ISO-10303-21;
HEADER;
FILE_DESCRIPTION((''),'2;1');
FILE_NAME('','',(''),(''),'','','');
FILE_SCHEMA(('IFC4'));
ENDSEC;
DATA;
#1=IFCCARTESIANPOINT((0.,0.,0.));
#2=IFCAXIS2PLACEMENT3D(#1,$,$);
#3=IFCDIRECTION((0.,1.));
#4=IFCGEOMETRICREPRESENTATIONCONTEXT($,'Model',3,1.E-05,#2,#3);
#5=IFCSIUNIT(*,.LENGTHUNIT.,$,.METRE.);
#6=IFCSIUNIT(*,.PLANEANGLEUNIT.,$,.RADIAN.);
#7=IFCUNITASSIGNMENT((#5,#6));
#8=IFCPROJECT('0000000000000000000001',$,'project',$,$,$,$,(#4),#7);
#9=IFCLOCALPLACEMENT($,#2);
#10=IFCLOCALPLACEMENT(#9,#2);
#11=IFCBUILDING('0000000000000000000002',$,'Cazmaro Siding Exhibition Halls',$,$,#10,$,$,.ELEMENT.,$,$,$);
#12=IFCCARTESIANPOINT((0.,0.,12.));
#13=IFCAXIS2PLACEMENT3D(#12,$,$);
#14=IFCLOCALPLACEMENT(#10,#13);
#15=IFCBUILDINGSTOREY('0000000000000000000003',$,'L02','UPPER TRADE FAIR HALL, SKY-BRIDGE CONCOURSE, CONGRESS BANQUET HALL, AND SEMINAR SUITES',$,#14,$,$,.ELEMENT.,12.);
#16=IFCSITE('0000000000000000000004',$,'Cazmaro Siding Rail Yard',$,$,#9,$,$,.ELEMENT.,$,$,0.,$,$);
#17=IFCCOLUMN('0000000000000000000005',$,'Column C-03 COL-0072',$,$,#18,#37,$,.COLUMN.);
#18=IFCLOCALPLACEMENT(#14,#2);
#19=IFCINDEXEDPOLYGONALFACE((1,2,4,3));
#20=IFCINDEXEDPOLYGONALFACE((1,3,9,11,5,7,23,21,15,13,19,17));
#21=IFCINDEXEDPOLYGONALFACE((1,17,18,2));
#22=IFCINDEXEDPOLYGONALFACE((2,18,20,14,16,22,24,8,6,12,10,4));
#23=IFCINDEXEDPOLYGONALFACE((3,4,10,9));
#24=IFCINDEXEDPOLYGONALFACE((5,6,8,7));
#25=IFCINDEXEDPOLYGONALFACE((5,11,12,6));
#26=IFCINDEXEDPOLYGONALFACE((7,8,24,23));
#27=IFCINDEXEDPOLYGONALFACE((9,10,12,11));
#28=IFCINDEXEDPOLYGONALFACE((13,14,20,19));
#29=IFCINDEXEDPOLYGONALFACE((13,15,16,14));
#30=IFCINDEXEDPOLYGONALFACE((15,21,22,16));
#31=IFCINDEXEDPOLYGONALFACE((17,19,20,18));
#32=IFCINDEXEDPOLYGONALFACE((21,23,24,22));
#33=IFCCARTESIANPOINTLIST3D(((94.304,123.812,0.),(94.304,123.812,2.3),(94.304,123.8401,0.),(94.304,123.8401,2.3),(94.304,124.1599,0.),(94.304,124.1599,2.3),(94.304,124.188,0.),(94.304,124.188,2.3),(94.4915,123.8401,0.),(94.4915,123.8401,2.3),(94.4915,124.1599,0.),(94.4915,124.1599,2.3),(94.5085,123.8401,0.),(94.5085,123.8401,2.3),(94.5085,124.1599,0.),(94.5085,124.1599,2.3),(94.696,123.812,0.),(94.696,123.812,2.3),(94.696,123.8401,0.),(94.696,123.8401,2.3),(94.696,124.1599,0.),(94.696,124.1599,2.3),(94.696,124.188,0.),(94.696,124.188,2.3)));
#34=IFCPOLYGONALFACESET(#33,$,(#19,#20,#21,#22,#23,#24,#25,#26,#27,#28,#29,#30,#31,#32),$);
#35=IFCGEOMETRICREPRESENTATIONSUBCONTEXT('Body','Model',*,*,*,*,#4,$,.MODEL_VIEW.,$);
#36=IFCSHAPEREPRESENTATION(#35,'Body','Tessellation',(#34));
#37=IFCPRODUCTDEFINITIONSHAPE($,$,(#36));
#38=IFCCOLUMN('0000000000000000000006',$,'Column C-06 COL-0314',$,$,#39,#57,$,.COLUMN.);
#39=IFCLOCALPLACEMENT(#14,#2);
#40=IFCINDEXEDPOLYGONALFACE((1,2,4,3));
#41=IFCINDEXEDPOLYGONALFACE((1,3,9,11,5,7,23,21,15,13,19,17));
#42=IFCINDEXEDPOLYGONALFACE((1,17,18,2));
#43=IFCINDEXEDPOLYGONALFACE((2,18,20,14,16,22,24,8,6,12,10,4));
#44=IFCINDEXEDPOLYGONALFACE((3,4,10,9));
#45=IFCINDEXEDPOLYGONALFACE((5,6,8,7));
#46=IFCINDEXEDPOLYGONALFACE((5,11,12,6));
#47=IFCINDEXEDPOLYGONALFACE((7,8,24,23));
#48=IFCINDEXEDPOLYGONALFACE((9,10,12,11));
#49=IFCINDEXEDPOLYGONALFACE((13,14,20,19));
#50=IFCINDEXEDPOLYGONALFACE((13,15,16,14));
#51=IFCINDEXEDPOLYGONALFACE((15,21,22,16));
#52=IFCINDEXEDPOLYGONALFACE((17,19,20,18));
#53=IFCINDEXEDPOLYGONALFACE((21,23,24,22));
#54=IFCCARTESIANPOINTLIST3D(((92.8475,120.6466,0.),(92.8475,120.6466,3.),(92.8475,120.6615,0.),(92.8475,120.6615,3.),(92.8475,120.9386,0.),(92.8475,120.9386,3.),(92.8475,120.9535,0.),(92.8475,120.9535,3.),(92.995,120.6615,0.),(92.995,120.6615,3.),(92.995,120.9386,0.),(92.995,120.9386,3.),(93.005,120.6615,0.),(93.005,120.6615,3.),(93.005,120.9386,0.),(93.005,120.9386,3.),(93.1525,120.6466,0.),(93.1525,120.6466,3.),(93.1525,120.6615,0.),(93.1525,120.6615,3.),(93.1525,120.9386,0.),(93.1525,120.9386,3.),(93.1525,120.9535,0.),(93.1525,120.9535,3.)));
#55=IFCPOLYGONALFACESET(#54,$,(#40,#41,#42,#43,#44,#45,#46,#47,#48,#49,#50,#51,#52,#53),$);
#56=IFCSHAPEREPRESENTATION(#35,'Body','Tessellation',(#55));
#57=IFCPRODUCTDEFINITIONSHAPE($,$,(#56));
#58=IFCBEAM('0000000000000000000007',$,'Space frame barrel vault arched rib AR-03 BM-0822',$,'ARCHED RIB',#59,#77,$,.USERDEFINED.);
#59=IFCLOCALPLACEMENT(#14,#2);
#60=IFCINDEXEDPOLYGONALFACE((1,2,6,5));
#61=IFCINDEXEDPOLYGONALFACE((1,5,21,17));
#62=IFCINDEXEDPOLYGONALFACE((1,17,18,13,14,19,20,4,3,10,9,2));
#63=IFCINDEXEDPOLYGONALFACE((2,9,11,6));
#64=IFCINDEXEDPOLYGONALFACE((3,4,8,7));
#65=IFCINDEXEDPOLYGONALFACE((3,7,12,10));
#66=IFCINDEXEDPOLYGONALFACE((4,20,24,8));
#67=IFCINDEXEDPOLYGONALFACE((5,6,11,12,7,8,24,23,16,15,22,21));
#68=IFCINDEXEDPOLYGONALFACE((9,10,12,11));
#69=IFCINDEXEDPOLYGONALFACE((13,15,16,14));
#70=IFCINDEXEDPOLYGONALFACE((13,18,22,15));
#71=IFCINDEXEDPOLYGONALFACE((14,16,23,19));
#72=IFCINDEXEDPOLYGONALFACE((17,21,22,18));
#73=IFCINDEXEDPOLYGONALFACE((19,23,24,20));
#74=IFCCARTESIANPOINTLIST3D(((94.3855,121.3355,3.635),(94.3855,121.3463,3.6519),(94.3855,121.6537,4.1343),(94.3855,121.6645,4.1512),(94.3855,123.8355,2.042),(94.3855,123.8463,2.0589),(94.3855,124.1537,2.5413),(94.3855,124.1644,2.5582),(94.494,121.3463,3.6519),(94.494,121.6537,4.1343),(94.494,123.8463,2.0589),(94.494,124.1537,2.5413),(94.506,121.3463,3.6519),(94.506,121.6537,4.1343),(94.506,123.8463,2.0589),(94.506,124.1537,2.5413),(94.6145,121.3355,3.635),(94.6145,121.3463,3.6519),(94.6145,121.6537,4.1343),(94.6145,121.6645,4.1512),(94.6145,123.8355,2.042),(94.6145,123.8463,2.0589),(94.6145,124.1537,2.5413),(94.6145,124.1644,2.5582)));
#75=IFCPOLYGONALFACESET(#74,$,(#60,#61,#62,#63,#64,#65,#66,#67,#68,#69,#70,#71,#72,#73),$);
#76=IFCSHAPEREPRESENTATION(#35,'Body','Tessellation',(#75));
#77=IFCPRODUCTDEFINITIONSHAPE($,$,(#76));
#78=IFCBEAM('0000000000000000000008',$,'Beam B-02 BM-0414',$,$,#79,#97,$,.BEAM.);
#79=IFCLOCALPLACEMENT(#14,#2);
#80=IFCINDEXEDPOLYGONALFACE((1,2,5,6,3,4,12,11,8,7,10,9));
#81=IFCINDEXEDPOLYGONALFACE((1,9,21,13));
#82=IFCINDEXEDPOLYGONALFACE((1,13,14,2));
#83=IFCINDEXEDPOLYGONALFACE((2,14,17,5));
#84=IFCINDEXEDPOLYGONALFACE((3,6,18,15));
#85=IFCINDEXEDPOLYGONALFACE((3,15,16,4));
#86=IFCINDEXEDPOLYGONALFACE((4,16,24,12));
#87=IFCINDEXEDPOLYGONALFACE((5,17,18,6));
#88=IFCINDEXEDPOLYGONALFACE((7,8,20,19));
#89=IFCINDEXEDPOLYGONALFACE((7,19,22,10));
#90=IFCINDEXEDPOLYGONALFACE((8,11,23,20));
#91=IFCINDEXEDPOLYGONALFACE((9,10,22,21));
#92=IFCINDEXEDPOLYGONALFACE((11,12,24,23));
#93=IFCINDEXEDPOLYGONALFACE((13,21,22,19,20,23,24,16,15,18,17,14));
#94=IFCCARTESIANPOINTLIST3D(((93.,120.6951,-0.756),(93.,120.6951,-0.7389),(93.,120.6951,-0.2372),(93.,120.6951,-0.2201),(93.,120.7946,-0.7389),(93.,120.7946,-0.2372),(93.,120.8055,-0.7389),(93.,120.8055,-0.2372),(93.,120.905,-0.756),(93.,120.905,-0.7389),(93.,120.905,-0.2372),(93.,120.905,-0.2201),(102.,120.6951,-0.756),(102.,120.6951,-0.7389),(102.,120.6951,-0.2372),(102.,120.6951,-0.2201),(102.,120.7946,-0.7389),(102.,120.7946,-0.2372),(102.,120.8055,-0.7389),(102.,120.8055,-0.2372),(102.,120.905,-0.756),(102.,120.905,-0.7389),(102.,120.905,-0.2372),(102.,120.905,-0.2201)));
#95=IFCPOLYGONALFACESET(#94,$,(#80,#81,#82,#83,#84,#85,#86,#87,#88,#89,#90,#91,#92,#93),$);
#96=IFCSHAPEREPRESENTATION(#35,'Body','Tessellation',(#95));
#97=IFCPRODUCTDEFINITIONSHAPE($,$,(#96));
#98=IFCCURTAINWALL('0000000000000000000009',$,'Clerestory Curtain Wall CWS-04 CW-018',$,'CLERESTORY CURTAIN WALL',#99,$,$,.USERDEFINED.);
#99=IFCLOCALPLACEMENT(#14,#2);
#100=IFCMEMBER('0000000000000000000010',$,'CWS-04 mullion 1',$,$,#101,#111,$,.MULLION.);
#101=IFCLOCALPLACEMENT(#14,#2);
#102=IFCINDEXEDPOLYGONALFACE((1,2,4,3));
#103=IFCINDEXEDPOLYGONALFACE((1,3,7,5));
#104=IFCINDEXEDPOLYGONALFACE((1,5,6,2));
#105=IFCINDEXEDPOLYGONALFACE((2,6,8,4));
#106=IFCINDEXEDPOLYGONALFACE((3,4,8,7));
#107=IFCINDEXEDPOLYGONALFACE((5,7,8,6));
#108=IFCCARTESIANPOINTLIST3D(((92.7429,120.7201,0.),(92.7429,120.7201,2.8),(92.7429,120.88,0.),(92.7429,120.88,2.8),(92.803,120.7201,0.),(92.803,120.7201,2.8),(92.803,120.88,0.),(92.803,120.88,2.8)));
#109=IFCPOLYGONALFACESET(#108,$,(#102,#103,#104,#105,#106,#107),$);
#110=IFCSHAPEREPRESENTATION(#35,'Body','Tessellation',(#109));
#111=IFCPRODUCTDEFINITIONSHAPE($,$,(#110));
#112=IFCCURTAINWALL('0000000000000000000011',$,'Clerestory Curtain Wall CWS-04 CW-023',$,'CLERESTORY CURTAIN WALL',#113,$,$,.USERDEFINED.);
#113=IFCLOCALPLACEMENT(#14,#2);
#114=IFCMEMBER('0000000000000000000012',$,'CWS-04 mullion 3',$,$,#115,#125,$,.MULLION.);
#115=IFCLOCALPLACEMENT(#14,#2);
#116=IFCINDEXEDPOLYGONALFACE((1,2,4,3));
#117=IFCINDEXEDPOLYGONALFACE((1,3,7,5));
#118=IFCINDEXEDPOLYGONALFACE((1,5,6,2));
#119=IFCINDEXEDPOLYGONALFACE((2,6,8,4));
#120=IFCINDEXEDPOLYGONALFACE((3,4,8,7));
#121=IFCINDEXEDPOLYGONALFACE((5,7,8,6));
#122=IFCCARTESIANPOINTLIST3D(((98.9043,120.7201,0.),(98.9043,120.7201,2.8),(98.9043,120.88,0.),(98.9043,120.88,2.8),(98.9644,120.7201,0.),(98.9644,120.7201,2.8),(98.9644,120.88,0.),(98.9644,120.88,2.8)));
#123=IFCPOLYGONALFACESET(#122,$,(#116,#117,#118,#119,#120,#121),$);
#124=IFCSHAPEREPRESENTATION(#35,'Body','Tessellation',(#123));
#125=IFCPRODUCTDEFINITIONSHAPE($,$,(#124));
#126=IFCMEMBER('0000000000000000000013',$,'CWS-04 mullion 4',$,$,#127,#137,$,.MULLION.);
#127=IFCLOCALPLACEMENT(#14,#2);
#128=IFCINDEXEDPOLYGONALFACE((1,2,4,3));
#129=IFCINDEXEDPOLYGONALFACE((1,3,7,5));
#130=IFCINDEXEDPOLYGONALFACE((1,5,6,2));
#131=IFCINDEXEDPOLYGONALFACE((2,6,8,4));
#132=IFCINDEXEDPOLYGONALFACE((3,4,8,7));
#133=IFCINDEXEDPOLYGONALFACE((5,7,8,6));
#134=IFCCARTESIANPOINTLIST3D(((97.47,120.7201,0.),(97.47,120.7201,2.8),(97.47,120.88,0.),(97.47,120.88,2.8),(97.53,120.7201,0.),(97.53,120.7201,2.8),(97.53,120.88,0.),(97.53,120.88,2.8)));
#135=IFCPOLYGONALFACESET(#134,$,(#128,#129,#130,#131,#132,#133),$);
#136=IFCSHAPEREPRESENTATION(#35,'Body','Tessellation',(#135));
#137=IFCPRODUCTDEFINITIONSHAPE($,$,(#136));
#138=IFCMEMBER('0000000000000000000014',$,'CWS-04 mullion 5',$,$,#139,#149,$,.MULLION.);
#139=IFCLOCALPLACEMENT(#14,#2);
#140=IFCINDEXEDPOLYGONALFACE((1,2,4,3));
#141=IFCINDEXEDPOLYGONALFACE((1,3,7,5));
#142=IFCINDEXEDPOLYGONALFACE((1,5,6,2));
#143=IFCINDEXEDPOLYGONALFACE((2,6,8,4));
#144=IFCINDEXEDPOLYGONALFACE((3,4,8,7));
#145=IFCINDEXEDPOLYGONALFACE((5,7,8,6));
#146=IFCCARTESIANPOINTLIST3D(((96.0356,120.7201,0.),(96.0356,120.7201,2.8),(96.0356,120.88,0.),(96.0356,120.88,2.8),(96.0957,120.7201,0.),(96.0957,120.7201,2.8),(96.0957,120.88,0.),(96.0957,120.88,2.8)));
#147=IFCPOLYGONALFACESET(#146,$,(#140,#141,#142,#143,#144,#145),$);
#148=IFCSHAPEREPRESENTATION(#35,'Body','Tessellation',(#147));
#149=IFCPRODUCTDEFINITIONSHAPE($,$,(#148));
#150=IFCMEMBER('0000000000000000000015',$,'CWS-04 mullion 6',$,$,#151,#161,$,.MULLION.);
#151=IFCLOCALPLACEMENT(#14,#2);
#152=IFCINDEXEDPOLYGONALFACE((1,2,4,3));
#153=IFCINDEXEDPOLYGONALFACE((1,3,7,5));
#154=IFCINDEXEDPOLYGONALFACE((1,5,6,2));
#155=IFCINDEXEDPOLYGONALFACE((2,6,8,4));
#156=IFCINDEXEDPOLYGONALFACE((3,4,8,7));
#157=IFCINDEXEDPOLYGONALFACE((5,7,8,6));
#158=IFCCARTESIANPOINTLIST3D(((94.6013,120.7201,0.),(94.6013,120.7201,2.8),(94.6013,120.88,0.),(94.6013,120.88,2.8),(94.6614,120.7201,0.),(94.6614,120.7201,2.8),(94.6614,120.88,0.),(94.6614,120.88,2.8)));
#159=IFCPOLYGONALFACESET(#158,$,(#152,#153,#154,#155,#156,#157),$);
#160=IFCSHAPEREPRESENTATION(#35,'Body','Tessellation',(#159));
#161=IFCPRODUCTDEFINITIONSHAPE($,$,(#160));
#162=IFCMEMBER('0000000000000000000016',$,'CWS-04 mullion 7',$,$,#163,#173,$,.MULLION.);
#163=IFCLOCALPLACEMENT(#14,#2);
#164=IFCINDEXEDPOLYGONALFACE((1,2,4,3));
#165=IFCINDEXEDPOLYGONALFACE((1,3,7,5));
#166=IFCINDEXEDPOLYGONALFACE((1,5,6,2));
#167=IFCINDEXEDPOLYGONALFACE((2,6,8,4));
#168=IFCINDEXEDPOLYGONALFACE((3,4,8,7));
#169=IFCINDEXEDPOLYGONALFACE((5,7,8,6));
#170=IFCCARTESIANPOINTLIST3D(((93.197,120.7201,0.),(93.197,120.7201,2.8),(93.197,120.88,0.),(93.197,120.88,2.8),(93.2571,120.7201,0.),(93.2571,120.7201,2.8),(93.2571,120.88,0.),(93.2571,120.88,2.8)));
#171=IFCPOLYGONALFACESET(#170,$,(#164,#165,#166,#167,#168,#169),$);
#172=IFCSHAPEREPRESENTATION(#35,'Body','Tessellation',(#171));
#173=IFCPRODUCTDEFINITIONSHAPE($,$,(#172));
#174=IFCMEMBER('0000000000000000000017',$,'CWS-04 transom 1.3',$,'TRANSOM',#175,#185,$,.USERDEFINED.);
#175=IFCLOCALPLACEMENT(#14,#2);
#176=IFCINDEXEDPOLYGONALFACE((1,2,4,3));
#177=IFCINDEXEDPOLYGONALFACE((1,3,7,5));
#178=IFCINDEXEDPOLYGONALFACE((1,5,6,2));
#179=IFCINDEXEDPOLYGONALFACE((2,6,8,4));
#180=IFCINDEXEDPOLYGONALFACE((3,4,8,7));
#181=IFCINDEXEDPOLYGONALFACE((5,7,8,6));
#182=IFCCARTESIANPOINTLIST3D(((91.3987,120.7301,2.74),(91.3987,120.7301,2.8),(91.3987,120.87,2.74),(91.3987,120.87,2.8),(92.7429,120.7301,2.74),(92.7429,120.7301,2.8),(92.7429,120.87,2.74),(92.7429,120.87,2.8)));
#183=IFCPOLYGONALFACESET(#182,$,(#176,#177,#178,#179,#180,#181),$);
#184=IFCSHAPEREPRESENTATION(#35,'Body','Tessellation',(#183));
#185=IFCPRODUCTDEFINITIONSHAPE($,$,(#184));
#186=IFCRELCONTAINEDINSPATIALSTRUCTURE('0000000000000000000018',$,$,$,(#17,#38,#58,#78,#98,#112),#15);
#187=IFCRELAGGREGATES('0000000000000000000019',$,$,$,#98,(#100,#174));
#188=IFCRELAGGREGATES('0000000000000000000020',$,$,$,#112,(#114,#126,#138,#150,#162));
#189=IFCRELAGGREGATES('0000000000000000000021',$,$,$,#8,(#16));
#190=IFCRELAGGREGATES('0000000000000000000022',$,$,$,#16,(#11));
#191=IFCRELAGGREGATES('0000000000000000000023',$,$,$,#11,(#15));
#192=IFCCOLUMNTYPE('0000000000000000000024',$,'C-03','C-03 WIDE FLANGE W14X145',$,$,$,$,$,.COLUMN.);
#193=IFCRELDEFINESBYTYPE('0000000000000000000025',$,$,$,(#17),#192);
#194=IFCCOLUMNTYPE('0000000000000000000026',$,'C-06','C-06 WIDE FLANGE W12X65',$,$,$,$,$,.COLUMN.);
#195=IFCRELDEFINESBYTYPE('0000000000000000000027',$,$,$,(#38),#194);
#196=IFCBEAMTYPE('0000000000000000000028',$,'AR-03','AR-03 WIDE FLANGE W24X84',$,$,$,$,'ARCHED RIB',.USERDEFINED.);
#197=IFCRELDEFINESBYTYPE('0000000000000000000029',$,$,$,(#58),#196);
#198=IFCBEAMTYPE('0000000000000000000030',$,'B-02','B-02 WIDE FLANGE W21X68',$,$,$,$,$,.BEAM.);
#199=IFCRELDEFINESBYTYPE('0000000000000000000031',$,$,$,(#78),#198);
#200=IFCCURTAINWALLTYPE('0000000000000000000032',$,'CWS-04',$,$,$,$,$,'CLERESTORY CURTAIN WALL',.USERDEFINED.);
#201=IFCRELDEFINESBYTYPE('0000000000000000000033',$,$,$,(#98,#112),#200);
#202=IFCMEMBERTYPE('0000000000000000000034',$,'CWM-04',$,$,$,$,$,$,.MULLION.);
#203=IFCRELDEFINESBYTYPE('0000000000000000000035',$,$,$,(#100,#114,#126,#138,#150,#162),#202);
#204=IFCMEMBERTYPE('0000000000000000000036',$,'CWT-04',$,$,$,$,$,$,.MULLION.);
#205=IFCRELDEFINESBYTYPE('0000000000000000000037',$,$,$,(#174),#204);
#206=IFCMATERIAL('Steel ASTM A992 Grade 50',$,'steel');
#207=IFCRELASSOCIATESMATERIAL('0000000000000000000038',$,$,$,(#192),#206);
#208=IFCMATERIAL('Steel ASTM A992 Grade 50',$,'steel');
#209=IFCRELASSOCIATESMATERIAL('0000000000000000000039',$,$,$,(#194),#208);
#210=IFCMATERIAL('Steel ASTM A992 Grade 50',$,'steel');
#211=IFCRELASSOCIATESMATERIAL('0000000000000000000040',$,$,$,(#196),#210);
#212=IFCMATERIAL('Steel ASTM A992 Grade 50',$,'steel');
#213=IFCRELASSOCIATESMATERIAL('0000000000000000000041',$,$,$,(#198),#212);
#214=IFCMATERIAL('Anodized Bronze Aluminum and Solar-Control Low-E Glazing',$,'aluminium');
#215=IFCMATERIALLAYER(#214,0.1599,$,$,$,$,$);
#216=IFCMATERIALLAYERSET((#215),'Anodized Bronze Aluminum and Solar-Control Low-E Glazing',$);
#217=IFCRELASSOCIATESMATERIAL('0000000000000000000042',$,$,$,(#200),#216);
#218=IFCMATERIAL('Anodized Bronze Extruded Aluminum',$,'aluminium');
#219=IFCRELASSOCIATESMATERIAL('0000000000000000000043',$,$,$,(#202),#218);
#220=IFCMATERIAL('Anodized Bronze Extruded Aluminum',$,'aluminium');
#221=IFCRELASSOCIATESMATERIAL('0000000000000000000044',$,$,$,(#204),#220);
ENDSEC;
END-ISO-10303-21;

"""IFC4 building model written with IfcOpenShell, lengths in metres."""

from ifc_helpers import new_model, si_unit, direction, frame, origin, origin_2d, place, context, subcontext, project, spatial, rectangle, i_section, extrude, material, layer, layer_set, material_profile, profile_set, type_object, element, aggregate, save


model = new_model("IFC4")

# Units and contexts
model_context = context("Model", 3, precision=1e-05, world=origin(), true_north=direction((0.0, 1.0)))
body_context = subcontext(model_context, "Body", "Model", "MODEL_VIEW")
ifc_project = project(units=[si_unit("LENGTHUNIT", "METRE"), si_unit("PLANEANGLEUNIT", "RADIAN")], contexts=[model_context])

# Site, building, storey
site_placement = place(None, origin())
site = spatial("IfcSite", under=ifc_project, at=site_placement, Name="Cazmaro Siding Rail Yard", CompositionType="ELEMENT", RefElevation=0.0)
building_placement = place(site_placement, origin())
building = spatial("IfcBuilding", under=site, at=building_placement, Name="Cazmaro Siding Exhibition Halls", CompositionType="ELEMENT")
storey_placement = place(building_placement, frame((0.0, 0.0, 12.0)))
storey = spatial("IfcBuildingStorey", under=building, at=storey_placement, Name="L02", Description="UPPER TRADE FAIR HALL, SKY-BRIDGE CONCOURSE, CONGRESS BANQUET HALL, AND SEMINAR SUITES", CompositionType="ELEMENT", Elevation=12.0)

# Columns
ifc_material_1 = material(Name="Steel ASTM A992 Grade 50", Category="steel")
ifc_material_profile_1 = material_profile(ifc_material_1, i_section(OverallWidth=0.3921, OverallDepth=0.376, WebThickness=0.0171, FlangeThickness=0.0281, at=origin_2d()), Name="W14X145")
ifc_profile_set_1 = profile_set([ifc_material_profile_1], Name="Steel ASTM A992 Grade 50")
column_type_1 = type_object("IfcColumnType", Name="C-03", Description="C-03 WIDE FLANGE W14X145", PredefinedType="COLUMN", material=ifc_profile_set_1)
column_1_placement = place(storey_placement, frame((94.5, 124.0, 0.0), z_axis=(0.0, 0.0, 1.0), x_axis=(1.0, 0.0, 0.0)))
element("IfcColumn", 1, at=column_1_placement, inside=storey, type_object=column_type_1, Name="Column C-03 COL-0072", PredefinedType="COLUMN", context=body_context, shape_type="SweptSolid", body=[
    extrude(i_section(OverallWidth=0.3921, OverallDepth=0.376, WebThickness=0.0171, FlangeThickness=0.0281, at=origin_2d()), origin(), (0.0, 0.0, 1.0), 2.3),
])
ifc_material_2 = material(Name="Steel ASTM A992 Grade 50", Category="steel")
ifc_material_profile_2 = material_profile(ifc_material_2, i_section(OverallWidth=0.3049, OverallDepth=0.3069, WebThickness=0.01, FlangeThickness=0.0149, at=origin_2d()), Name="W12X65")
ifc_profile_set_2 = profile_set([ifc_material_profile_2], Name="Steel ASTM A992 Grade 50")
column_type_2 = type_object("IfcColumnType", Name="C-06", Description="C-06 WIDE FLANGE W12X65", PredefinedType="COLUMN", material=ifc_profile_set_2)
column_2_placement = place(storey_placement, frame((93.0, 120.8, 0.0), z_axis=(0.0, 0.0, 1.0), x_axis=(1.0, 0.0, 0.0)))
element("IfcColumn", 2, at=column_2_placement, inside=storey, type_object=column_type_2, Name="Column C-06 COL-0314", PredefinedType="COLUMN", context=body_context, shape_type="SweptSolid", body=[
    extrude(i_section(OverallWidth=0.3049, OverallDepth=0.3069, WebThickness=0.01, FlangeThickness=0.0149, at=origin_2d()), origin(), (0.0, 0.0, 1.0), 3.0),
])

# Beams
ifc_material_3 = material(Name="Steel ASTM A992 Grade 50", Category="steel")
ifc_material_profile_3 = material_profile(ifc_material_3, i_section(OverallWidth=0.229, OverallDepth=0.6121, WebThickness=0.012, FlangeThickness=0.02, at=origin_2d()), Name="W24X84")
ifc_profile_set_3 = profile_set([ifc_material_profile_3], Name="Steel ASTM A992 Grade 50")
beam_type_1 = type_object("IfcBeamType", Name="AR-03", Description="AR-03 WIDE FLANGE W24X84", ElementType="ARCHED RIB", PredefinedType="USERDEFINED", material=ifc_profile_set_3)
beam_1_placement = place(storey_placement, frame((94.5, 121.5, 3.8931), z_axis=(0.0, 0.843339, -0.537382), x_axis=(-1.0, 0.0, 0.0)))
element("IfcBeam", 3, at=beam_1_placement, inside=storey, type_object=beam_type_1, Name="Space frame barrel vault arched rib AR-03 BM-0822", ObjectType="ARCHED RIB", PredefinedType="USERDEFINED", context=body_context, shape_type="SweptSolid", body=[
    extrude(i_section(OverallWidth=0.229, OverallDepth=0.6121, WebThickness=0.012, FlangeThickness=0.02, at=origin_2d()), origin(), (0.0, 0.0, 1.0), 2.9644),
])
ifc_material_4 = material(Name="Steel ASTM A992 Grade 50", Category="steel")
ifc_material_profile_4 = material_profile(ifc_material_4, i_section(OverallWidth=0.21, OverallDepth=0.5359, WebThickness=0.011, FlangeThickness=0.0171, at=origin_2d()), Name="W21X68")
ifc_profile_set_4 = profile_set([ifc_material_profile_4], Name="Steel ASTM A992 Grade 50")
beam_type_2 = type_object("IfcBeamType", Name="B-02", Description="B-02 WIDE FLANGE W21X68", PredefinedType="BEAM", material=ifc_profile_set_4)
beam_2_placement = place(storey_placement, frame((93.0, 120.8, -0.488), z_axis=(1.0, 0.0, 0.0), x_axis=(0.0, 1.0, 0.0)))
element("IfcBeam", 4, at=beam_2_placement, inside=storey, type_object=beam_type_2, Name="Beam B-02 BM-0414", PredefinedType="BEAM", context=body_context, shape_type="SweptSolid", body=[
    extrude(i_section(OverallWidth=0.21, OverallDepth=0.5359, WebThickness=0.011, FlangeThickness=0.0171, at=origin_2d()), origin(), (0.0, 0.0, 1.0), 9.0),
])

# Curtain wall, member
ifc_material_5 = material(Name="Anodized Bronze Aluminum and Solar-Control Low-E Glazing", Category="aluminium")
ifc_layer_1 = layer(ifc_material_5, 0.1599)
ifc_layer_set_1 = layer_set([ifc_layer_1], Name="Anodized Bronze Aluminum and Solar-Control Low-E Glazing")
curtain_wall_type = type_object("IfcCurtainWallType", Name="CWS-04", ElementType="CLERESTORY CURTAIN WALL", PredefinedType="USERDEFINED", material=ifc_layer_set_1)
curtain_wall_1_placement = place(storey_placement, origin())
curtain_wall_1 = element("IfcCurtainWall", 5, at=curtain_wall_1_placement, inside=storey, type_object=curtain_wall_type, Name="Clerestory Curtain Wall CWS-04 CW-018", ObjectType="CLERESTORY CURTAIN WALL", PredefinedType="USERDEFINED")
ifc_material_6 = material(Name="Anodized Bronze Extruded Aluminum", Category="aluminium")
ifc_material_profile_5 = material_profile(ifc_material_6, rectangle(XDim=0.1599, YDim=0.0601, at=origin_2d()), Name="CWM-04")
ifc_profile_set_5 = profile_set([ifc_material_profile_5], Name="Anodized Bronze Extruded Aluminum")
member_type_1 = type_object("IfcMemberType", Name="CWM-04", PredefinedType="MULLION", material=ifc_profile_set_5)
member_1_placement = place(storey_placement, frame((92.7729, 120.8, 0.0), z_axis=(0.0, 0.0, 1.0), x_axis=(0.0, -1.0, 0.0)))
member_1 = element("IfcMember", 6, at=member_1_placement, type_object=member_type_1, Name="CWS-04 mullion 1", PredefinedType="MULLION", context=body_context, shape_type="SweptSolid", body=[
    extrude(rectangle(XDim=0.1599, YDim=0.0601, at=origin_2d()), origin(), (0.0, 0.0, 1.0), 2.8),
])

# Curtain wall, members
curtain_wall_2_placement = place(storey_placement, origin())
curtain_wall_2 = element("IfcCurtainWall", 7, at=curtain_wall_2_placement, inside=storey, type_object=curtain_wall_type, Name="Clerestory Curtain Wall CWS-04 CW-023", ObjectType="CLERESTORY CURTAIN WALL", PredefinedType="USERDEFINED")
member_2_placement = place(storey_placement, frame((98.9343, 120.8, 0.0), z_axis=(0.0, 0.0, 1.0), x_axis=(0.0, -1.0, 0.0)))
member_2 = element("IfcMember", 8, at=member_2_placement, type_object=member_type_1, Name="CWS-04 mullion 3", PredefinedType="MULLION", context=body_context, shape_type="SweptSolid", body=[
    extrude(rectangle(XDim=0.1599, YDim=0.0601, at=origin_2d()), origin(), (0.0, 0.0, 1.0), 2.8),
])
member_3_placement = place(storey_placement, frame((97.5, 120.8, 0.0), z_axis=(0.0, 0.0, 1.0), x_axis=(0.0, -1.0, 0.0)))
member_3 = element("IfcMember", 9, at=member_3_placement, type_object=member_type_1, Name="CWS-04 mullion 4", PredefinedType="MULLION", context=body_context, shape_type="SweptSolid", body=[
    extrude(rectangle(XDim=0.1599, YDim=0.0601, at=origin_2d()), origin(), (0.0, 0.0, 1.0), 2.8),
])
member_4_placement = place(storey_placement, frame((96.0657, 120.8, 0.0), z_axis=(0.0, 0.0, 1.0), x_axis=(0.0, -1.0, 0.0)))
member_4 = element("IfcMember", 10, at=member_4_placement, type_object=member_type_1, Name="CWS-04 mullion 5", PredefinedType="MULLION", context=body_context, shape_type="SweptSolid", body=[
    extrude(rectangle(XDim=0.1599, YDim=0.0601, at=origin_2d()), origin(), (0.0, 0.0, 1.0), 2.8),
])
member_5_placement = place(storey_placement, frame((94.6313, 120.8, 0.0), z_axis=(0.0, 0.0, 1.0), x_axis=(0.0, -1.0, 0.0)))
member_5 = element("IfcMember", 11, at=member_5_placement, type_object=member_type_1, Name="CWS-04 mullion 6", PredefinedType="MULLION", context=body_context, shape_type="SweptSolid", body=[
    extrude(rectangle(XDim=0.1599, YDim=0.0601, at=origin_2d()), origin(), (0.0, 0.0, 1.0), 2.8),
])
member_6_placement = place(storey_placement, frame((93.2271, 120.8, 0.0), z_axis=(0.0, 0.0, 1.0), x_axis=(0.0, -1.0, 0.0)))
member_6 = element("IfcMember", 12, at=member_6_placement, type_object=member_type_1, Name="CWS-04 mullion 7", PredefinedType="MULLION", context=body_context, shape_type="SweptSolid", body=[
    extrude(rectangle(XDim=0.1599, YDim=0.0601, at=origin_2d()), origin(), (0.0, 0.0, 1.0), 2.8),
])

# Member
ifc_material_7 = material(Name="Anodized Bronze Extruded Aluminum", Category="aluminium")
ifc_material_profile_6 = material_profile(ifc_material_7, rectangle(XDim=0.1399, YDim=0.0601, at=origin_2d()), Name="CWT-04")
ifc_profile_set_6 = profile_set([ifc_material_profile_6], Name="Anodized Bronze Extruded Aluminum")
member_type_2 = type_object("IfcMemberType", Name="CWT-04", PredefinedType="MULLION", material=ifc_profile_set_6)
member_7_placement = place(storey_placement, frame((92.7429, 120.8, 2.77), z_axis=(-1.0, 0.0, 0.0), x_axis=(0.0, -1.0, 0.0)))
member_7 = element("IfcMember", 13, at=member_7_placement, type_object=member_type_2, Name="CWS-04 transom 1.3", ObjectType="TRANSOM", PredefinedType="USERDEFINED", context=body_context, shape_type="SweptSolid", body=[
    extrude(rectangle(XDim=0.1399, YDim=0.0601, at=origin_2d()), origin(), (0.0, 0.0, 1.0), 1.3442),
])
aggregate(curtain_wall_1, [member_1, member_7])

aggregate(curtain_wall_2, [member_2, member_3, member_4, member_5, member_6])

save(model, "model.ifc")
